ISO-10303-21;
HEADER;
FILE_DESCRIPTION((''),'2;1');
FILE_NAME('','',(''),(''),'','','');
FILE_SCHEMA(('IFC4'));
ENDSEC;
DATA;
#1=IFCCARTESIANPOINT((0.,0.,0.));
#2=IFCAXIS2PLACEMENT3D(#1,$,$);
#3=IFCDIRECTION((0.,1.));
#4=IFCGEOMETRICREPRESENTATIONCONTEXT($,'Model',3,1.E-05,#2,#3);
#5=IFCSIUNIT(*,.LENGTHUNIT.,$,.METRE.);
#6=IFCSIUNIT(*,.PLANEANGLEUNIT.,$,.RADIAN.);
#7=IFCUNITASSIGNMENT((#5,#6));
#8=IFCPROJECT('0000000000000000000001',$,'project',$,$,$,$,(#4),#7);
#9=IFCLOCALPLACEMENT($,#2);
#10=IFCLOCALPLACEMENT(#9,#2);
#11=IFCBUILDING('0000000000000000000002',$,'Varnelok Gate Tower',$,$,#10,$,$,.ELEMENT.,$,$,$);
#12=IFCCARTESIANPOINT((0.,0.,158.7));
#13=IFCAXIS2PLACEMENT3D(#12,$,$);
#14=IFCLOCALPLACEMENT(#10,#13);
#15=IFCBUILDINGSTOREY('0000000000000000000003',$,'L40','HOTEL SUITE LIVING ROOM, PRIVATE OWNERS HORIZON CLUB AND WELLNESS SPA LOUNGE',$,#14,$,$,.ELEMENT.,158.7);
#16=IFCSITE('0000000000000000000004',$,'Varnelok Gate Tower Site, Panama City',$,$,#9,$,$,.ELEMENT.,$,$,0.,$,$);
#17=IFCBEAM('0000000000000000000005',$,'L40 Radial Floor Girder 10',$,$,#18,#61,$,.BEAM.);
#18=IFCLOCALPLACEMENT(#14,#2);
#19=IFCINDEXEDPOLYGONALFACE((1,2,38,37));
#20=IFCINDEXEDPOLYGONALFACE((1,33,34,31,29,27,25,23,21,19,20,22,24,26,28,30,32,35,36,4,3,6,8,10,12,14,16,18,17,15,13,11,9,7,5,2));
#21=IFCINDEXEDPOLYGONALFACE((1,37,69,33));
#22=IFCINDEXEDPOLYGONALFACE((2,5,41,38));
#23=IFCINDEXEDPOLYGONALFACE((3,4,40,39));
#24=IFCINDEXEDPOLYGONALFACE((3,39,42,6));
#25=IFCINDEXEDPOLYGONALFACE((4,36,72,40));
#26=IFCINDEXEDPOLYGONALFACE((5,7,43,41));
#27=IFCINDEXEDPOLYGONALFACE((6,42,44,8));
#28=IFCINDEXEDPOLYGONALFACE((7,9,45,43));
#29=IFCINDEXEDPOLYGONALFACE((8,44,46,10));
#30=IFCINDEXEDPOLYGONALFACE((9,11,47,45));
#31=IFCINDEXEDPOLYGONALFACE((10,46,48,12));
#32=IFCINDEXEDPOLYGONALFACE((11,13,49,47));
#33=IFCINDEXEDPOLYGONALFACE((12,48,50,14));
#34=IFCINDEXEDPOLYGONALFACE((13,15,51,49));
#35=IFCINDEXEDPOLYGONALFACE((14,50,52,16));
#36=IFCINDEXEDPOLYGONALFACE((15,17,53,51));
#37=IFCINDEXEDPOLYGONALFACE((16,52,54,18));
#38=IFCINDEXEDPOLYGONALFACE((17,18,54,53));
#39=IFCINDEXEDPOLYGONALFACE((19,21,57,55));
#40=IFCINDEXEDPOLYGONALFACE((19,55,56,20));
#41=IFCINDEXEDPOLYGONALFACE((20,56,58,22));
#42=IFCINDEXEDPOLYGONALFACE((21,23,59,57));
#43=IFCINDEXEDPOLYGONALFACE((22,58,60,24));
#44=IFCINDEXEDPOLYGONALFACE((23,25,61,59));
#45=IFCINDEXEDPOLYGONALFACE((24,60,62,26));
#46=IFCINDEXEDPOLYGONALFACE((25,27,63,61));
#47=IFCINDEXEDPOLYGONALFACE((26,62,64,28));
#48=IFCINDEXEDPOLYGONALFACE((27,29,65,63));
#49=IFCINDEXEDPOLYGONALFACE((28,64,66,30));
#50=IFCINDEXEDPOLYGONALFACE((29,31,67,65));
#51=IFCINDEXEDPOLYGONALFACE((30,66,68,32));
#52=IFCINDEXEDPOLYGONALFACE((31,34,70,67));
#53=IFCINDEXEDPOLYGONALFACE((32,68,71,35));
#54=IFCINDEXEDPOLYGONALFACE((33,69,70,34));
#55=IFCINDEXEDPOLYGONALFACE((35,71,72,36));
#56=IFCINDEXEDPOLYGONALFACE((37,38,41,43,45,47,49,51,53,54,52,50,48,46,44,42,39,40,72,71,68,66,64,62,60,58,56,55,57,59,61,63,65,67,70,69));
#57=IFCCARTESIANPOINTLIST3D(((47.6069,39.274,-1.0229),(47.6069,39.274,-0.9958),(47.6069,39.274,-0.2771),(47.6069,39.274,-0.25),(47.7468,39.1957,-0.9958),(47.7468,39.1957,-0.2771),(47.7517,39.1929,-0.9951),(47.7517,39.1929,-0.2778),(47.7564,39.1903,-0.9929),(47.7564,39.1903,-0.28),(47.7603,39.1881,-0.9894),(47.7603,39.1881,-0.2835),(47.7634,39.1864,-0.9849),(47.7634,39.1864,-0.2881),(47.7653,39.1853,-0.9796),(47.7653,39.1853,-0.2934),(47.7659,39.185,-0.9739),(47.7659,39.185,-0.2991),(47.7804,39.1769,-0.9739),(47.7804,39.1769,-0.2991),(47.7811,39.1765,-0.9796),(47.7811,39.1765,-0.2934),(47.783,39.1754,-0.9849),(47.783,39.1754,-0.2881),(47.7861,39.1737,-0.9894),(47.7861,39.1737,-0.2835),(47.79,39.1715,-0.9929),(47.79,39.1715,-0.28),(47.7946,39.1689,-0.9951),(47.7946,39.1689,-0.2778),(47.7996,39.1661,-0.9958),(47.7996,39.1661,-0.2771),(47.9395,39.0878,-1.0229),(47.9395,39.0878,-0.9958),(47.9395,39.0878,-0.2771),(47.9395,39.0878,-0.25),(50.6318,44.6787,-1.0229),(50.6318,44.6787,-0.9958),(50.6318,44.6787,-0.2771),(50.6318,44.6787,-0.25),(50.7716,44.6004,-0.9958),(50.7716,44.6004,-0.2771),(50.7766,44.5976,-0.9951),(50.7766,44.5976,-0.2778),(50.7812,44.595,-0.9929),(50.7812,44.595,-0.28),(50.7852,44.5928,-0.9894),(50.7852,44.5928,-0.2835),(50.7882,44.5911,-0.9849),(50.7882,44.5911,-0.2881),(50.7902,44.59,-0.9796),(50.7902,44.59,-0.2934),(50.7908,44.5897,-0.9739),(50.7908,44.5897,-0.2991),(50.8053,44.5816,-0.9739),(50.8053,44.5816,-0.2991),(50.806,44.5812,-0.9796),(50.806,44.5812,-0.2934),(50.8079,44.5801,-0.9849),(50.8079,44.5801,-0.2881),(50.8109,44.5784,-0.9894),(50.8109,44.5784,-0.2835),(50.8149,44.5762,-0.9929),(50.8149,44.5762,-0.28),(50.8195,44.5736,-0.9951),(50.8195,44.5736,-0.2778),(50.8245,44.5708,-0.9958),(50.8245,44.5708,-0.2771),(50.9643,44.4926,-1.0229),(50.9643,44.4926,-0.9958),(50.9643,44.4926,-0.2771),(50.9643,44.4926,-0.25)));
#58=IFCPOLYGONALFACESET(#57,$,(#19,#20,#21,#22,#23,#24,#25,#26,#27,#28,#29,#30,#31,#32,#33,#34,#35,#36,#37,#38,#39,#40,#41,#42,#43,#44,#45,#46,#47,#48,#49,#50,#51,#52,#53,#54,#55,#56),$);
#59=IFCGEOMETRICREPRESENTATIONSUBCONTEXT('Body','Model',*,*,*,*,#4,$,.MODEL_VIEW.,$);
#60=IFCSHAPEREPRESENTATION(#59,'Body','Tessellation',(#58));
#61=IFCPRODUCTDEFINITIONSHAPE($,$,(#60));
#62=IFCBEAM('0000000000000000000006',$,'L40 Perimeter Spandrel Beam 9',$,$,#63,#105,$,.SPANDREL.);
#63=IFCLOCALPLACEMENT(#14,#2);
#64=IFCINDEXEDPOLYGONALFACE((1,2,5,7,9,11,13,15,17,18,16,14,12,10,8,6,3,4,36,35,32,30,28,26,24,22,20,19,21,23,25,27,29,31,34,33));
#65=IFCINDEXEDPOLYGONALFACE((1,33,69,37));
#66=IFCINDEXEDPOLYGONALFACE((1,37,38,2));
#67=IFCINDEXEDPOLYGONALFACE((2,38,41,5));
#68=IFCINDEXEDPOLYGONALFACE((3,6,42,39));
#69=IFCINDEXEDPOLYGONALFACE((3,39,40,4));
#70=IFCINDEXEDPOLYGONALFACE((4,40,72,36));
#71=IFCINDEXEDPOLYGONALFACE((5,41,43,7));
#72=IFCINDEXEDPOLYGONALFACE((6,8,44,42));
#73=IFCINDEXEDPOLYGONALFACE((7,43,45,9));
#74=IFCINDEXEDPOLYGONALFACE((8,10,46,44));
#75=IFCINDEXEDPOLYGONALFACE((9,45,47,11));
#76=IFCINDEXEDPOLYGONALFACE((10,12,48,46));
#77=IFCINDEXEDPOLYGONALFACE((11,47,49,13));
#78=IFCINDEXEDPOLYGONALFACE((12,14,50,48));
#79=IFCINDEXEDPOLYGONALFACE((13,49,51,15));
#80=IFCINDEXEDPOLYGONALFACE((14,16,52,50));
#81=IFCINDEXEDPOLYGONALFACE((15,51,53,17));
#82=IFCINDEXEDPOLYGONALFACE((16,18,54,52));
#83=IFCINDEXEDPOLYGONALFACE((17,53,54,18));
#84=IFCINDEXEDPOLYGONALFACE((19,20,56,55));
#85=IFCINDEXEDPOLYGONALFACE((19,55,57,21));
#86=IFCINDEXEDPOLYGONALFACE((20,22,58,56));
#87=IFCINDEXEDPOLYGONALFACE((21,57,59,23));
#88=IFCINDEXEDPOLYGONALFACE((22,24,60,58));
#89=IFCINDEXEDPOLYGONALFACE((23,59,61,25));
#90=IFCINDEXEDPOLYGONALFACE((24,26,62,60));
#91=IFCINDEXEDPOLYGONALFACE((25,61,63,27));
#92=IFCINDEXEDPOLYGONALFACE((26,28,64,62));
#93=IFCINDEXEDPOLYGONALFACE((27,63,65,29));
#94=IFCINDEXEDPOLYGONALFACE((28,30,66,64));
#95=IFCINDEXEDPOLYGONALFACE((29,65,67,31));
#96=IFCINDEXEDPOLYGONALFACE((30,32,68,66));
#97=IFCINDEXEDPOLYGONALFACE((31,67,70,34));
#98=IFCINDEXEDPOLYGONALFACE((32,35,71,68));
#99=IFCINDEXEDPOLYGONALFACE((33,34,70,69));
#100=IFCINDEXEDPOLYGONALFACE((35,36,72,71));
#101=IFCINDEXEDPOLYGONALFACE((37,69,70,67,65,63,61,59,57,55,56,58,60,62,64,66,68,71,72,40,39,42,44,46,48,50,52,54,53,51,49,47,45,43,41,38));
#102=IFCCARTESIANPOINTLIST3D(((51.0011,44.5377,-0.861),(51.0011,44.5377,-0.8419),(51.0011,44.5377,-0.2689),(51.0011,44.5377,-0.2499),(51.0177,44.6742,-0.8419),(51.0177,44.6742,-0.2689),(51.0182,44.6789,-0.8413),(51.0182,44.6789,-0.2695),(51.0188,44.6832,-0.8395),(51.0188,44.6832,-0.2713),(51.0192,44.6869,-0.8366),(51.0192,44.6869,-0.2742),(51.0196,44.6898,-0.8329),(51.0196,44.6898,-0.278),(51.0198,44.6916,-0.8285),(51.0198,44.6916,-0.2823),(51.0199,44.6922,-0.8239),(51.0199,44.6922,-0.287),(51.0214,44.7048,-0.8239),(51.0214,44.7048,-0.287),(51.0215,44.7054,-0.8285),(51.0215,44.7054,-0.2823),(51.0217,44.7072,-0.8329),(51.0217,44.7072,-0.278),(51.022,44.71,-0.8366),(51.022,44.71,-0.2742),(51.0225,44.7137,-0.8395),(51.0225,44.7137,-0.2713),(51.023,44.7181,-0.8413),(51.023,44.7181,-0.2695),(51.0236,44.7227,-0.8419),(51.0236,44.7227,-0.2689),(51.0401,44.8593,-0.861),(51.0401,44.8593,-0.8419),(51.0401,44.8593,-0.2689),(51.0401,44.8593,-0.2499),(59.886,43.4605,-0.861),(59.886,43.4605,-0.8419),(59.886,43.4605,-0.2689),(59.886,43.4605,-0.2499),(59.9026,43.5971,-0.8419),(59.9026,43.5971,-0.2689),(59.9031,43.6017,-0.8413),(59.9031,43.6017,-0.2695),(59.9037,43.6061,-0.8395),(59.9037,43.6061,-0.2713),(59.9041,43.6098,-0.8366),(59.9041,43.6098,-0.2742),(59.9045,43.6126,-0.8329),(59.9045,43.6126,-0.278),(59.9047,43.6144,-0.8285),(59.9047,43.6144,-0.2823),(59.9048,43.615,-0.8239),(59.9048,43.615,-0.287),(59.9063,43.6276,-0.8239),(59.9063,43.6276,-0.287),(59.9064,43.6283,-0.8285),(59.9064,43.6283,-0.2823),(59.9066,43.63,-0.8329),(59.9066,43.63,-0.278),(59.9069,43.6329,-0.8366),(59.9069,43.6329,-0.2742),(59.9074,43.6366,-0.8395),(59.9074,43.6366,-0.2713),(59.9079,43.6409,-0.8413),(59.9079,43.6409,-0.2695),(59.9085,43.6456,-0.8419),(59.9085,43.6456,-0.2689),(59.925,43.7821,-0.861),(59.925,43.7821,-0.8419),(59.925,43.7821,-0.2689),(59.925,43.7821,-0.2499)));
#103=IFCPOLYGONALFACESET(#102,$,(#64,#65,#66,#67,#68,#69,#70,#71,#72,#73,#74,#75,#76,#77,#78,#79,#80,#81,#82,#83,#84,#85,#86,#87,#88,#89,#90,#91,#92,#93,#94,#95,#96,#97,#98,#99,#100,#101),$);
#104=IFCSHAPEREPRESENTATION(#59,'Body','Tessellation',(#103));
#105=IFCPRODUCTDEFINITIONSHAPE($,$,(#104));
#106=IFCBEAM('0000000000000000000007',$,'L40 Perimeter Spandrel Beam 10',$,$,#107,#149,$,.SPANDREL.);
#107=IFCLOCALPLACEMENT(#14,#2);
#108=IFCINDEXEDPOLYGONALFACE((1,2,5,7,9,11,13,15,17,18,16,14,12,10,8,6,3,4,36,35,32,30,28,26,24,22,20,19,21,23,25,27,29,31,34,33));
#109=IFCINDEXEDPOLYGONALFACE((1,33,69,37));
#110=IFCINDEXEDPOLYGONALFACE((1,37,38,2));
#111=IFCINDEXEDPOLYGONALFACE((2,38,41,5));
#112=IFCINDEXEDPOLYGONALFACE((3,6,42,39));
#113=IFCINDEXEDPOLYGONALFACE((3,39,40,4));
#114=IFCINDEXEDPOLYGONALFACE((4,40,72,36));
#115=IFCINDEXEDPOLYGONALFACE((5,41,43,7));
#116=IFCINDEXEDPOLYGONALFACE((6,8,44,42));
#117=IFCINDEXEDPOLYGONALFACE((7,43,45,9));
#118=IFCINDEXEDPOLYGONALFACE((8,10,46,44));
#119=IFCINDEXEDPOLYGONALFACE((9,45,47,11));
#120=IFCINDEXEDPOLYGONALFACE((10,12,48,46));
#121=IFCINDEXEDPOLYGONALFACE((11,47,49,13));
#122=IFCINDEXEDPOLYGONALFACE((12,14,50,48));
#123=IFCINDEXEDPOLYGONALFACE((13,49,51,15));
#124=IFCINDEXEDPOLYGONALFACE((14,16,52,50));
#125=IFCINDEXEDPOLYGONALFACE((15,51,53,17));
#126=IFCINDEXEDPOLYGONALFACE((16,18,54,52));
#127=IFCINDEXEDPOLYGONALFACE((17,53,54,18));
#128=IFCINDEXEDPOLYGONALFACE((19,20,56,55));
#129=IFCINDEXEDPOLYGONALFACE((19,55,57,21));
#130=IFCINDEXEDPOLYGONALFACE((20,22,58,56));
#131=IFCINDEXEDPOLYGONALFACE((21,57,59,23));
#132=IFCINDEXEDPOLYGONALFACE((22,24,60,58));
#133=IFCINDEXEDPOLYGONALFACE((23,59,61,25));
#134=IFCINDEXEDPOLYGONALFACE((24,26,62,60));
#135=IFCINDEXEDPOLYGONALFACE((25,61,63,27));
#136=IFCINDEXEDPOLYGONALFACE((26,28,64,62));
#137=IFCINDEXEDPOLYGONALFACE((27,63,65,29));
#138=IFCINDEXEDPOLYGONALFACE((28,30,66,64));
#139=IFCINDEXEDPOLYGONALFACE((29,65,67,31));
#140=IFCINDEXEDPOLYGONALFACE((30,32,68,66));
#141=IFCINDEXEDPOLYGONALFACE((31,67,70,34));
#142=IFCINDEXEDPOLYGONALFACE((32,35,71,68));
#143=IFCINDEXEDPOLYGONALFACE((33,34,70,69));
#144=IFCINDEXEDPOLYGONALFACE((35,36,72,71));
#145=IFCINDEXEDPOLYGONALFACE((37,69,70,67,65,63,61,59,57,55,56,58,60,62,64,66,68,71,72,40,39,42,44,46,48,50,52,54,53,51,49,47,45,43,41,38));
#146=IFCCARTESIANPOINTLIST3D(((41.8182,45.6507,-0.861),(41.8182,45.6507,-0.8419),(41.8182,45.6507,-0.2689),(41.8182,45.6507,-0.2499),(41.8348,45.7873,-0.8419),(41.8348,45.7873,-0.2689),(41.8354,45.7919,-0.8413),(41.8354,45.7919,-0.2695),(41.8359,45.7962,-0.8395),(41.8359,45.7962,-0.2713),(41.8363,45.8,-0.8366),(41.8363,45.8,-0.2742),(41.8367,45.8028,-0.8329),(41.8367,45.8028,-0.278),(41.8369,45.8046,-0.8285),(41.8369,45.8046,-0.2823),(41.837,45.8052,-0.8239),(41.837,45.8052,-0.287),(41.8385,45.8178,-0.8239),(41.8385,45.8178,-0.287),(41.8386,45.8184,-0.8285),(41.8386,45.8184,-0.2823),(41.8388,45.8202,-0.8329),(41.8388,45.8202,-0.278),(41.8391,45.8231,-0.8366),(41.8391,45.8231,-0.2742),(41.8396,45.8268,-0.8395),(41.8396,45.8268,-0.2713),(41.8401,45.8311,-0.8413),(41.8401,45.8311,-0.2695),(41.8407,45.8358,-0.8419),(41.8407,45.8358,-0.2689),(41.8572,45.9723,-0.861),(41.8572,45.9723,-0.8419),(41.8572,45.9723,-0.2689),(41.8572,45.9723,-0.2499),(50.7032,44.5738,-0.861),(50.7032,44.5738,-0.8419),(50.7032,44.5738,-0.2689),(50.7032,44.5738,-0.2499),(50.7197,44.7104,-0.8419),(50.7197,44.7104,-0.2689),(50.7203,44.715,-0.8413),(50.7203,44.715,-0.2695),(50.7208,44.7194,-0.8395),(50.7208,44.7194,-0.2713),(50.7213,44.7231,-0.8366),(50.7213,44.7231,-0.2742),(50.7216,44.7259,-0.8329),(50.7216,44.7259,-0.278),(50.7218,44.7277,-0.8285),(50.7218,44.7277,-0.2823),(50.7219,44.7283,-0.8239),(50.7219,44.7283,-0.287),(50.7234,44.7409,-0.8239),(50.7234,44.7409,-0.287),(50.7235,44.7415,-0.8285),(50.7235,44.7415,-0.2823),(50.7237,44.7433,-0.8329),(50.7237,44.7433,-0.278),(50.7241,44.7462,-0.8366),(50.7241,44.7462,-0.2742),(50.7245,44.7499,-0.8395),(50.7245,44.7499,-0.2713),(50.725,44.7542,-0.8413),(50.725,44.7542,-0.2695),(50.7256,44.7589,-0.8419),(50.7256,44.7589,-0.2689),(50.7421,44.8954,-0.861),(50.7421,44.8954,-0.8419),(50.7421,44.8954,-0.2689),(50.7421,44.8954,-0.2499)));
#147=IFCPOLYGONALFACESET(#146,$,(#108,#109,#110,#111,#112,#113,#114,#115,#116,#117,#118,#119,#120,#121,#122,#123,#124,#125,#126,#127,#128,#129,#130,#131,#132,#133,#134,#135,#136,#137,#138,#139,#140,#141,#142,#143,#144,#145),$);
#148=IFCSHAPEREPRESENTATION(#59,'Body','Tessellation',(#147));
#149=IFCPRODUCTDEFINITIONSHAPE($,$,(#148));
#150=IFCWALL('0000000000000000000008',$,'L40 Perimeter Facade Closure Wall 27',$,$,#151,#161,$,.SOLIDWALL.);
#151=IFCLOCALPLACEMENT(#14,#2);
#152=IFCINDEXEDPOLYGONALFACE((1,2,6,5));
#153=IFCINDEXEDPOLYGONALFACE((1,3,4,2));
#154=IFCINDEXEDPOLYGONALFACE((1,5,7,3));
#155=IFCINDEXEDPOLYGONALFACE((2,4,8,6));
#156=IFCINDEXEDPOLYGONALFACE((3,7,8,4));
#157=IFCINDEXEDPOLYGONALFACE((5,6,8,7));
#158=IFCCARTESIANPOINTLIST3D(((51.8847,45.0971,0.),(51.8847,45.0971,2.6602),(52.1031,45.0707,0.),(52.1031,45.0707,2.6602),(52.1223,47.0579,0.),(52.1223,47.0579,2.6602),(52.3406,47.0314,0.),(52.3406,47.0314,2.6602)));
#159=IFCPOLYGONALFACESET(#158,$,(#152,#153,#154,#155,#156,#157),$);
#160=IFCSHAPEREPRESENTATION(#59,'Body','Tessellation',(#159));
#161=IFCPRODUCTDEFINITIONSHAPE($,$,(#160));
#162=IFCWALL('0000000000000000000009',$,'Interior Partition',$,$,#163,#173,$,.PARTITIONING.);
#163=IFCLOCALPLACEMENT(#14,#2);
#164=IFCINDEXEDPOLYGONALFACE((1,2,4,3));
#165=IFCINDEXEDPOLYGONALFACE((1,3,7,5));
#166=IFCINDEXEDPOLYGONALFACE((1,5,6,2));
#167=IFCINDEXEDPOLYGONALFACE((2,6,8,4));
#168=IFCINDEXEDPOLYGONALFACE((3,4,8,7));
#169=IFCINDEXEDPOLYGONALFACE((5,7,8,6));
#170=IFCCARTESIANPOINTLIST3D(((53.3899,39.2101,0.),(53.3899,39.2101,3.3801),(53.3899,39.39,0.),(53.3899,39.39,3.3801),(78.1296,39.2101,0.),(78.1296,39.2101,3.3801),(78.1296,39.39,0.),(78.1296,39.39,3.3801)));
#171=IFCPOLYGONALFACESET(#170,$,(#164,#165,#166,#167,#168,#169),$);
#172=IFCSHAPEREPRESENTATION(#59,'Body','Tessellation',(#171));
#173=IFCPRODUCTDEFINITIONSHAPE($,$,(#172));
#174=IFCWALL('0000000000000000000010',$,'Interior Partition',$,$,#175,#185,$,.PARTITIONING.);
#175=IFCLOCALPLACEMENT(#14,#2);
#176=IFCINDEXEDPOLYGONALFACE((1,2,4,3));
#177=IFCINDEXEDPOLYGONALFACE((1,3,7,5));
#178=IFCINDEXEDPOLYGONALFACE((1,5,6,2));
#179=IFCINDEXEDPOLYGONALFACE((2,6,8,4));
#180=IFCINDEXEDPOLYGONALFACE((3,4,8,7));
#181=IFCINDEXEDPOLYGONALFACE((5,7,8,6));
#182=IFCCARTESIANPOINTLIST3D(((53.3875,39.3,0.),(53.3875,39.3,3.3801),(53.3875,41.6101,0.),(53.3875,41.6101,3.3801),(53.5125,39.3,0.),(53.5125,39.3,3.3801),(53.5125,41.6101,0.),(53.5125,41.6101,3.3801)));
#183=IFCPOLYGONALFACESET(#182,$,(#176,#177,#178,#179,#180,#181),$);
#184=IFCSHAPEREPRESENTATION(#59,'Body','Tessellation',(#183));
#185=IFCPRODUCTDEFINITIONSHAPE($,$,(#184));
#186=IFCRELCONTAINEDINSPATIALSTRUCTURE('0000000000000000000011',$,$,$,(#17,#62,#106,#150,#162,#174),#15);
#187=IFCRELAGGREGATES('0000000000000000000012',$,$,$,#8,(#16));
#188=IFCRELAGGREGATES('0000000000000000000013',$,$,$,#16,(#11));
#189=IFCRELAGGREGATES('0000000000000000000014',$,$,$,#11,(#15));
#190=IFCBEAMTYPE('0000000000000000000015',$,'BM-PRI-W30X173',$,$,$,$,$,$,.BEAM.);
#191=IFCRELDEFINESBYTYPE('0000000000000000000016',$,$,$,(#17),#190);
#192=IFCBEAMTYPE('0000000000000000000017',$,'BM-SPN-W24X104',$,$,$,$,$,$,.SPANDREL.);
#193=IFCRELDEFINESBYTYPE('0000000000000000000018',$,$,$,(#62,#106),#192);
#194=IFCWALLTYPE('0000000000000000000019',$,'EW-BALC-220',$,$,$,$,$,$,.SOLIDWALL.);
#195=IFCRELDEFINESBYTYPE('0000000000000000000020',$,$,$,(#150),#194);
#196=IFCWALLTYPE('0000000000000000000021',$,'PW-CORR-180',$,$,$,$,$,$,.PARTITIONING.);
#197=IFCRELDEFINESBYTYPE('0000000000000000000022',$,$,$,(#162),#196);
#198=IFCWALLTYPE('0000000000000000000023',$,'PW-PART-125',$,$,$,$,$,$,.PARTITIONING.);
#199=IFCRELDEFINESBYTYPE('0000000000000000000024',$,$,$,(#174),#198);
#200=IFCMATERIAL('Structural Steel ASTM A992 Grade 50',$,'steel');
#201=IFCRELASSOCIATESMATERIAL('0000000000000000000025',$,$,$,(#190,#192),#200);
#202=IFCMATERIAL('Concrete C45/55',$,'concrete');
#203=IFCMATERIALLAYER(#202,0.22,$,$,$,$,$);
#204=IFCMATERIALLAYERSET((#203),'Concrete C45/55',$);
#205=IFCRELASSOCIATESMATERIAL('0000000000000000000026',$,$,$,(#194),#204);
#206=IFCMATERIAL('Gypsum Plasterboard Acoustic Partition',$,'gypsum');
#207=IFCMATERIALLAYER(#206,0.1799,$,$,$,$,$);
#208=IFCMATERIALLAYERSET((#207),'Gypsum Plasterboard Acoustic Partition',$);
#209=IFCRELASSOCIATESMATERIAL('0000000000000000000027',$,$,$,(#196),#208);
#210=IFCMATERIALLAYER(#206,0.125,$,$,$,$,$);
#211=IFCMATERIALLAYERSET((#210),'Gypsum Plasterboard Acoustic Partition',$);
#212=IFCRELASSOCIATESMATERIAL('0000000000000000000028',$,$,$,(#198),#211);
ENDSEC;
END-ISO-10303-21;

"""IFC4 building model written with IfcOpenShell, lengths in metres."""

from ifc_helpers import new_model, si_unit, direction, frame, frame_2d, origin, origin_2d, place, context, subcontext, project, spatial, rectangle, i_section, extrude, material, layer, layer_set, material_profile, profile_set, type_object, element, save


model = new_model("IFC4")

# Units and contexts
model_context = context("Model", 3, precision=1e-05, world=origin(), true_north=direction((0.0, 1.0)))
body_context = subcontext(model_context, "Body", "Model", "MODEL_VIEW")
ifc_project = project(units=[si_unit("LENGTHUNIT", "METRE"), si_unit("PLANEANGLEUNIT", "RADIAN")], contexts=[model_context])

# Site, building, storey
site_placement = place(None, origin())
site = spatial("IfcSite", under=ifc_project, at=site_placement, Name="Varnelok Gate Tower Site, Panama City", CompositionType="ELEMENT", RefElevation=0.0)
building_placement = place(site_placement, origin())
building = spatial("IfcBuilding", under=site, at=building_placement, Name="Varnelok Gate Tower", CompositionType="ELEMENT")
storey_placement = place(building_placement, frame((0.0, 0.0, 158.7)))
storey = spatial("IfcBuildingStorey", under=building, at=storey_placement, Name="L40", Description="HOTEL SUITE LIVING ROOM, PRIVATE OWNERS HORIZON CLUB AND WELLNESS SPA LOUNGE", CompositionType="ELEMENT", Elevation=158.7)

# Shared definitions
ifc_material_1 = material(Name="Structural Steel ASTM A992 Grade 50", Category="steel")

# Beams
ifc_material_profile_1 = material_profile(ifc_material_1, i_section(OverallWidth=0.3811, OverallDepth=0.7729, WebThickness=0.0166, FlangeThickness=0.0271, FilletRadius=0.022, at=origin_2d()), Name="W30X173")
ifc_profile_set_1 = profile_set([ifc_material_profile_1], Name="Structural Steel ASTM A992 Grade 50")
beam_type_1 = type_object("IfcBeamType", Name="BM-PRI-W30X173", PredefinedType="BEAM", material=ifc_profile_set_1)
beam_1_placement = place(storey_placement, frame((47.7732, 39.1809, -0.6365), z_axis=(0.488385, 0.872628, 0.0), x_axis=(-0.872628, 0.488385, 0.0)))
element("IfcBeam", 1, at=beam_1_placement, inside=storey, type_object=beam_type_1, Name="L40 Radial Floor Girder 10", PredefinedType="BEAM", context=body_context, shape_type="SweptSolid", body=[
    extrude(i_section(OverallWidth=0.3811, OverallDepth=0.7729, WebThickness=0.0166, FlangeThickness=0.0271, FilletRadius=0.022, at=origin_2d()), origin(), (0.0, 0.0, 1.0), 6.1936),
])
ifc_material_profile_2 = material_profile(ifc_material_1, i_section(OverallWidth=0.324, OverallDepth=0.6111, WebThickness=0.0127, FlangeThickness=0.019, FilletRadius=0.0181, at=origin_2d()), Name="W24X104")
ifc_profile_set_2 = profile_set([ifc_material_profile_2], Name="Structural Steel ASTM A992 Grade 50")
beam_type_2 = type_object("IfcBeamType", Name="BM-SPN-W24X104", PredefinedType="SPANDREL", material=ifc_profile_set_2)
for number, where, z_axis, x_axis, name in (
    (2, (59.9055, 43.6213, -0.5554), (-0.992731, 0.120351, 0.0), (-0.120351, -0.992731, 0.0), "L40 Perimeter Spandrel Beam 9"),
    (3, (50.7227, 44.7346, -0.5554), (-0.992735, 0.120324, 0.0), (-0.120324, -0.992735, 0.0), "L40 Perimeter Spandrel Beam 10"),
):
    element("IfcBeam", number, at=place(storey_placement, frame(where, z_axis=z_axis, x_axis=x_axis)), inside=storey, type_object=beam_type_2, Name=name, PredefinedType="SPANDREL", context=body_context, shape_type="SweptSolid", body=[
        extrude(i_section(OverallWidth=0.324, OverallDepth=0.6111, WebThickness=0.0127, FlangeThickness=0.019, FilletRadius=0.0181, at=origin_2d()), origin(), (0.0, 0.0, 1.0), 8.95),
    ])

# Walls
ifc_material_2 = material(Name="Concrete C45/55", Category="concrete")
ifc_layer_1 = layer(ifc_material_2, 0.22)
ifc_layer_set_1 = layer_set([ifc_layer_1], Name="Concrete C45/55")
wall_type_1 = type_object("IfcWallType", Name="EW-BALC-220", PredefinedType="SOLIDWALL", material=ifc_layer_set_1)
wall_1_placement = place(storey_placement, frame((52.2314, 47.0447, 0.0), z_axis=(0.0, 0.0, 1.0), x_axis=(-0.120276, -0.99274, 0.0)))
element("IfcWall", 4, at=wall_1_placement, inside=storey, type_object=wall_type_1, Name="L40 Perimeter Facade Closure Wall 27", PredefinedType="SOLIDWALL", context=body_context, shape_type="SweptSolid", body=[
    extrude(rectangle(XDim=1.9751, YDim=0.22, at=frame_2d((0.9875, 0.0))), origin(), (0.0, 0.0, 1.0), 2.6602),
])
ifc_material_3 = material(Name="Gypsum Plasterboard Acoustic Partition", Category="gypsum")
ifc_layer_2 = layer(ifc_material_3, 0.1799)
ifc_layer_set_2 = layer_set([ifc_layer_2], Name="Gypsum Plasterboard Acoustic Partition")
wall_type_2 = type_object("IfcWallType", Name="PW-CORR-180", PredefinedType="PARTITIONING", material=ifc_layer_set_2)
wall_2_placement = place(storey_placement, frame((53.3899, 39.3, 0.0), z_axis=(0.0, 0.0, 1.0), x_axis=(1.0, 0.0, 0.0)))
element("IfcWall", 5, at=wall_2_placement, inside=storey, type_object=wall_type_2, Name="Interior Partition", PredefinedType="PARTITIONING", context=body_context, shape_type="SweptSolid", body=[
    extrude(rectangle(XDim=24.7397, YDim=0.1799, at=frame_2d((12.3699, 0.0))), origin(), (0.0, 0.0, 1.0), 3.3801),
])
ifc_layer_3 = layer(ifc_material_3, 0.125)
ifc_layer_set_3 = layer_set([ifc_layer_3], Name="Gypsum Plasterboard Acoustic Partition")
wall_type_3 = type_object("IfcWallType", Name="PW-PART-125", PredefinedType="PARTITIONING", material=ifc_layer_set_3)
wall_3_placement = place(storey_placement, frame((53.45, 39.3, 0.0), z_axis=(0.0, 0.0, 1.0), x_axis=(0.0, 1.0, 0.0)))
element("IfcWall", 6, at=wall_3_placement, inside=storey, type_object=wall_type_3, Name="Interior Partition", PredefinedType="PARTITIONING", context=body_context, shape_type="SweptSolid", body=[
    extrude(rectangle(XDim=2.3101, YDim=0.125, at=frame_2d((1.155, 0.0))), origin(), (0.0, 0.0, 1.0), 3.3801),
])

save(model, "model.ifc")
